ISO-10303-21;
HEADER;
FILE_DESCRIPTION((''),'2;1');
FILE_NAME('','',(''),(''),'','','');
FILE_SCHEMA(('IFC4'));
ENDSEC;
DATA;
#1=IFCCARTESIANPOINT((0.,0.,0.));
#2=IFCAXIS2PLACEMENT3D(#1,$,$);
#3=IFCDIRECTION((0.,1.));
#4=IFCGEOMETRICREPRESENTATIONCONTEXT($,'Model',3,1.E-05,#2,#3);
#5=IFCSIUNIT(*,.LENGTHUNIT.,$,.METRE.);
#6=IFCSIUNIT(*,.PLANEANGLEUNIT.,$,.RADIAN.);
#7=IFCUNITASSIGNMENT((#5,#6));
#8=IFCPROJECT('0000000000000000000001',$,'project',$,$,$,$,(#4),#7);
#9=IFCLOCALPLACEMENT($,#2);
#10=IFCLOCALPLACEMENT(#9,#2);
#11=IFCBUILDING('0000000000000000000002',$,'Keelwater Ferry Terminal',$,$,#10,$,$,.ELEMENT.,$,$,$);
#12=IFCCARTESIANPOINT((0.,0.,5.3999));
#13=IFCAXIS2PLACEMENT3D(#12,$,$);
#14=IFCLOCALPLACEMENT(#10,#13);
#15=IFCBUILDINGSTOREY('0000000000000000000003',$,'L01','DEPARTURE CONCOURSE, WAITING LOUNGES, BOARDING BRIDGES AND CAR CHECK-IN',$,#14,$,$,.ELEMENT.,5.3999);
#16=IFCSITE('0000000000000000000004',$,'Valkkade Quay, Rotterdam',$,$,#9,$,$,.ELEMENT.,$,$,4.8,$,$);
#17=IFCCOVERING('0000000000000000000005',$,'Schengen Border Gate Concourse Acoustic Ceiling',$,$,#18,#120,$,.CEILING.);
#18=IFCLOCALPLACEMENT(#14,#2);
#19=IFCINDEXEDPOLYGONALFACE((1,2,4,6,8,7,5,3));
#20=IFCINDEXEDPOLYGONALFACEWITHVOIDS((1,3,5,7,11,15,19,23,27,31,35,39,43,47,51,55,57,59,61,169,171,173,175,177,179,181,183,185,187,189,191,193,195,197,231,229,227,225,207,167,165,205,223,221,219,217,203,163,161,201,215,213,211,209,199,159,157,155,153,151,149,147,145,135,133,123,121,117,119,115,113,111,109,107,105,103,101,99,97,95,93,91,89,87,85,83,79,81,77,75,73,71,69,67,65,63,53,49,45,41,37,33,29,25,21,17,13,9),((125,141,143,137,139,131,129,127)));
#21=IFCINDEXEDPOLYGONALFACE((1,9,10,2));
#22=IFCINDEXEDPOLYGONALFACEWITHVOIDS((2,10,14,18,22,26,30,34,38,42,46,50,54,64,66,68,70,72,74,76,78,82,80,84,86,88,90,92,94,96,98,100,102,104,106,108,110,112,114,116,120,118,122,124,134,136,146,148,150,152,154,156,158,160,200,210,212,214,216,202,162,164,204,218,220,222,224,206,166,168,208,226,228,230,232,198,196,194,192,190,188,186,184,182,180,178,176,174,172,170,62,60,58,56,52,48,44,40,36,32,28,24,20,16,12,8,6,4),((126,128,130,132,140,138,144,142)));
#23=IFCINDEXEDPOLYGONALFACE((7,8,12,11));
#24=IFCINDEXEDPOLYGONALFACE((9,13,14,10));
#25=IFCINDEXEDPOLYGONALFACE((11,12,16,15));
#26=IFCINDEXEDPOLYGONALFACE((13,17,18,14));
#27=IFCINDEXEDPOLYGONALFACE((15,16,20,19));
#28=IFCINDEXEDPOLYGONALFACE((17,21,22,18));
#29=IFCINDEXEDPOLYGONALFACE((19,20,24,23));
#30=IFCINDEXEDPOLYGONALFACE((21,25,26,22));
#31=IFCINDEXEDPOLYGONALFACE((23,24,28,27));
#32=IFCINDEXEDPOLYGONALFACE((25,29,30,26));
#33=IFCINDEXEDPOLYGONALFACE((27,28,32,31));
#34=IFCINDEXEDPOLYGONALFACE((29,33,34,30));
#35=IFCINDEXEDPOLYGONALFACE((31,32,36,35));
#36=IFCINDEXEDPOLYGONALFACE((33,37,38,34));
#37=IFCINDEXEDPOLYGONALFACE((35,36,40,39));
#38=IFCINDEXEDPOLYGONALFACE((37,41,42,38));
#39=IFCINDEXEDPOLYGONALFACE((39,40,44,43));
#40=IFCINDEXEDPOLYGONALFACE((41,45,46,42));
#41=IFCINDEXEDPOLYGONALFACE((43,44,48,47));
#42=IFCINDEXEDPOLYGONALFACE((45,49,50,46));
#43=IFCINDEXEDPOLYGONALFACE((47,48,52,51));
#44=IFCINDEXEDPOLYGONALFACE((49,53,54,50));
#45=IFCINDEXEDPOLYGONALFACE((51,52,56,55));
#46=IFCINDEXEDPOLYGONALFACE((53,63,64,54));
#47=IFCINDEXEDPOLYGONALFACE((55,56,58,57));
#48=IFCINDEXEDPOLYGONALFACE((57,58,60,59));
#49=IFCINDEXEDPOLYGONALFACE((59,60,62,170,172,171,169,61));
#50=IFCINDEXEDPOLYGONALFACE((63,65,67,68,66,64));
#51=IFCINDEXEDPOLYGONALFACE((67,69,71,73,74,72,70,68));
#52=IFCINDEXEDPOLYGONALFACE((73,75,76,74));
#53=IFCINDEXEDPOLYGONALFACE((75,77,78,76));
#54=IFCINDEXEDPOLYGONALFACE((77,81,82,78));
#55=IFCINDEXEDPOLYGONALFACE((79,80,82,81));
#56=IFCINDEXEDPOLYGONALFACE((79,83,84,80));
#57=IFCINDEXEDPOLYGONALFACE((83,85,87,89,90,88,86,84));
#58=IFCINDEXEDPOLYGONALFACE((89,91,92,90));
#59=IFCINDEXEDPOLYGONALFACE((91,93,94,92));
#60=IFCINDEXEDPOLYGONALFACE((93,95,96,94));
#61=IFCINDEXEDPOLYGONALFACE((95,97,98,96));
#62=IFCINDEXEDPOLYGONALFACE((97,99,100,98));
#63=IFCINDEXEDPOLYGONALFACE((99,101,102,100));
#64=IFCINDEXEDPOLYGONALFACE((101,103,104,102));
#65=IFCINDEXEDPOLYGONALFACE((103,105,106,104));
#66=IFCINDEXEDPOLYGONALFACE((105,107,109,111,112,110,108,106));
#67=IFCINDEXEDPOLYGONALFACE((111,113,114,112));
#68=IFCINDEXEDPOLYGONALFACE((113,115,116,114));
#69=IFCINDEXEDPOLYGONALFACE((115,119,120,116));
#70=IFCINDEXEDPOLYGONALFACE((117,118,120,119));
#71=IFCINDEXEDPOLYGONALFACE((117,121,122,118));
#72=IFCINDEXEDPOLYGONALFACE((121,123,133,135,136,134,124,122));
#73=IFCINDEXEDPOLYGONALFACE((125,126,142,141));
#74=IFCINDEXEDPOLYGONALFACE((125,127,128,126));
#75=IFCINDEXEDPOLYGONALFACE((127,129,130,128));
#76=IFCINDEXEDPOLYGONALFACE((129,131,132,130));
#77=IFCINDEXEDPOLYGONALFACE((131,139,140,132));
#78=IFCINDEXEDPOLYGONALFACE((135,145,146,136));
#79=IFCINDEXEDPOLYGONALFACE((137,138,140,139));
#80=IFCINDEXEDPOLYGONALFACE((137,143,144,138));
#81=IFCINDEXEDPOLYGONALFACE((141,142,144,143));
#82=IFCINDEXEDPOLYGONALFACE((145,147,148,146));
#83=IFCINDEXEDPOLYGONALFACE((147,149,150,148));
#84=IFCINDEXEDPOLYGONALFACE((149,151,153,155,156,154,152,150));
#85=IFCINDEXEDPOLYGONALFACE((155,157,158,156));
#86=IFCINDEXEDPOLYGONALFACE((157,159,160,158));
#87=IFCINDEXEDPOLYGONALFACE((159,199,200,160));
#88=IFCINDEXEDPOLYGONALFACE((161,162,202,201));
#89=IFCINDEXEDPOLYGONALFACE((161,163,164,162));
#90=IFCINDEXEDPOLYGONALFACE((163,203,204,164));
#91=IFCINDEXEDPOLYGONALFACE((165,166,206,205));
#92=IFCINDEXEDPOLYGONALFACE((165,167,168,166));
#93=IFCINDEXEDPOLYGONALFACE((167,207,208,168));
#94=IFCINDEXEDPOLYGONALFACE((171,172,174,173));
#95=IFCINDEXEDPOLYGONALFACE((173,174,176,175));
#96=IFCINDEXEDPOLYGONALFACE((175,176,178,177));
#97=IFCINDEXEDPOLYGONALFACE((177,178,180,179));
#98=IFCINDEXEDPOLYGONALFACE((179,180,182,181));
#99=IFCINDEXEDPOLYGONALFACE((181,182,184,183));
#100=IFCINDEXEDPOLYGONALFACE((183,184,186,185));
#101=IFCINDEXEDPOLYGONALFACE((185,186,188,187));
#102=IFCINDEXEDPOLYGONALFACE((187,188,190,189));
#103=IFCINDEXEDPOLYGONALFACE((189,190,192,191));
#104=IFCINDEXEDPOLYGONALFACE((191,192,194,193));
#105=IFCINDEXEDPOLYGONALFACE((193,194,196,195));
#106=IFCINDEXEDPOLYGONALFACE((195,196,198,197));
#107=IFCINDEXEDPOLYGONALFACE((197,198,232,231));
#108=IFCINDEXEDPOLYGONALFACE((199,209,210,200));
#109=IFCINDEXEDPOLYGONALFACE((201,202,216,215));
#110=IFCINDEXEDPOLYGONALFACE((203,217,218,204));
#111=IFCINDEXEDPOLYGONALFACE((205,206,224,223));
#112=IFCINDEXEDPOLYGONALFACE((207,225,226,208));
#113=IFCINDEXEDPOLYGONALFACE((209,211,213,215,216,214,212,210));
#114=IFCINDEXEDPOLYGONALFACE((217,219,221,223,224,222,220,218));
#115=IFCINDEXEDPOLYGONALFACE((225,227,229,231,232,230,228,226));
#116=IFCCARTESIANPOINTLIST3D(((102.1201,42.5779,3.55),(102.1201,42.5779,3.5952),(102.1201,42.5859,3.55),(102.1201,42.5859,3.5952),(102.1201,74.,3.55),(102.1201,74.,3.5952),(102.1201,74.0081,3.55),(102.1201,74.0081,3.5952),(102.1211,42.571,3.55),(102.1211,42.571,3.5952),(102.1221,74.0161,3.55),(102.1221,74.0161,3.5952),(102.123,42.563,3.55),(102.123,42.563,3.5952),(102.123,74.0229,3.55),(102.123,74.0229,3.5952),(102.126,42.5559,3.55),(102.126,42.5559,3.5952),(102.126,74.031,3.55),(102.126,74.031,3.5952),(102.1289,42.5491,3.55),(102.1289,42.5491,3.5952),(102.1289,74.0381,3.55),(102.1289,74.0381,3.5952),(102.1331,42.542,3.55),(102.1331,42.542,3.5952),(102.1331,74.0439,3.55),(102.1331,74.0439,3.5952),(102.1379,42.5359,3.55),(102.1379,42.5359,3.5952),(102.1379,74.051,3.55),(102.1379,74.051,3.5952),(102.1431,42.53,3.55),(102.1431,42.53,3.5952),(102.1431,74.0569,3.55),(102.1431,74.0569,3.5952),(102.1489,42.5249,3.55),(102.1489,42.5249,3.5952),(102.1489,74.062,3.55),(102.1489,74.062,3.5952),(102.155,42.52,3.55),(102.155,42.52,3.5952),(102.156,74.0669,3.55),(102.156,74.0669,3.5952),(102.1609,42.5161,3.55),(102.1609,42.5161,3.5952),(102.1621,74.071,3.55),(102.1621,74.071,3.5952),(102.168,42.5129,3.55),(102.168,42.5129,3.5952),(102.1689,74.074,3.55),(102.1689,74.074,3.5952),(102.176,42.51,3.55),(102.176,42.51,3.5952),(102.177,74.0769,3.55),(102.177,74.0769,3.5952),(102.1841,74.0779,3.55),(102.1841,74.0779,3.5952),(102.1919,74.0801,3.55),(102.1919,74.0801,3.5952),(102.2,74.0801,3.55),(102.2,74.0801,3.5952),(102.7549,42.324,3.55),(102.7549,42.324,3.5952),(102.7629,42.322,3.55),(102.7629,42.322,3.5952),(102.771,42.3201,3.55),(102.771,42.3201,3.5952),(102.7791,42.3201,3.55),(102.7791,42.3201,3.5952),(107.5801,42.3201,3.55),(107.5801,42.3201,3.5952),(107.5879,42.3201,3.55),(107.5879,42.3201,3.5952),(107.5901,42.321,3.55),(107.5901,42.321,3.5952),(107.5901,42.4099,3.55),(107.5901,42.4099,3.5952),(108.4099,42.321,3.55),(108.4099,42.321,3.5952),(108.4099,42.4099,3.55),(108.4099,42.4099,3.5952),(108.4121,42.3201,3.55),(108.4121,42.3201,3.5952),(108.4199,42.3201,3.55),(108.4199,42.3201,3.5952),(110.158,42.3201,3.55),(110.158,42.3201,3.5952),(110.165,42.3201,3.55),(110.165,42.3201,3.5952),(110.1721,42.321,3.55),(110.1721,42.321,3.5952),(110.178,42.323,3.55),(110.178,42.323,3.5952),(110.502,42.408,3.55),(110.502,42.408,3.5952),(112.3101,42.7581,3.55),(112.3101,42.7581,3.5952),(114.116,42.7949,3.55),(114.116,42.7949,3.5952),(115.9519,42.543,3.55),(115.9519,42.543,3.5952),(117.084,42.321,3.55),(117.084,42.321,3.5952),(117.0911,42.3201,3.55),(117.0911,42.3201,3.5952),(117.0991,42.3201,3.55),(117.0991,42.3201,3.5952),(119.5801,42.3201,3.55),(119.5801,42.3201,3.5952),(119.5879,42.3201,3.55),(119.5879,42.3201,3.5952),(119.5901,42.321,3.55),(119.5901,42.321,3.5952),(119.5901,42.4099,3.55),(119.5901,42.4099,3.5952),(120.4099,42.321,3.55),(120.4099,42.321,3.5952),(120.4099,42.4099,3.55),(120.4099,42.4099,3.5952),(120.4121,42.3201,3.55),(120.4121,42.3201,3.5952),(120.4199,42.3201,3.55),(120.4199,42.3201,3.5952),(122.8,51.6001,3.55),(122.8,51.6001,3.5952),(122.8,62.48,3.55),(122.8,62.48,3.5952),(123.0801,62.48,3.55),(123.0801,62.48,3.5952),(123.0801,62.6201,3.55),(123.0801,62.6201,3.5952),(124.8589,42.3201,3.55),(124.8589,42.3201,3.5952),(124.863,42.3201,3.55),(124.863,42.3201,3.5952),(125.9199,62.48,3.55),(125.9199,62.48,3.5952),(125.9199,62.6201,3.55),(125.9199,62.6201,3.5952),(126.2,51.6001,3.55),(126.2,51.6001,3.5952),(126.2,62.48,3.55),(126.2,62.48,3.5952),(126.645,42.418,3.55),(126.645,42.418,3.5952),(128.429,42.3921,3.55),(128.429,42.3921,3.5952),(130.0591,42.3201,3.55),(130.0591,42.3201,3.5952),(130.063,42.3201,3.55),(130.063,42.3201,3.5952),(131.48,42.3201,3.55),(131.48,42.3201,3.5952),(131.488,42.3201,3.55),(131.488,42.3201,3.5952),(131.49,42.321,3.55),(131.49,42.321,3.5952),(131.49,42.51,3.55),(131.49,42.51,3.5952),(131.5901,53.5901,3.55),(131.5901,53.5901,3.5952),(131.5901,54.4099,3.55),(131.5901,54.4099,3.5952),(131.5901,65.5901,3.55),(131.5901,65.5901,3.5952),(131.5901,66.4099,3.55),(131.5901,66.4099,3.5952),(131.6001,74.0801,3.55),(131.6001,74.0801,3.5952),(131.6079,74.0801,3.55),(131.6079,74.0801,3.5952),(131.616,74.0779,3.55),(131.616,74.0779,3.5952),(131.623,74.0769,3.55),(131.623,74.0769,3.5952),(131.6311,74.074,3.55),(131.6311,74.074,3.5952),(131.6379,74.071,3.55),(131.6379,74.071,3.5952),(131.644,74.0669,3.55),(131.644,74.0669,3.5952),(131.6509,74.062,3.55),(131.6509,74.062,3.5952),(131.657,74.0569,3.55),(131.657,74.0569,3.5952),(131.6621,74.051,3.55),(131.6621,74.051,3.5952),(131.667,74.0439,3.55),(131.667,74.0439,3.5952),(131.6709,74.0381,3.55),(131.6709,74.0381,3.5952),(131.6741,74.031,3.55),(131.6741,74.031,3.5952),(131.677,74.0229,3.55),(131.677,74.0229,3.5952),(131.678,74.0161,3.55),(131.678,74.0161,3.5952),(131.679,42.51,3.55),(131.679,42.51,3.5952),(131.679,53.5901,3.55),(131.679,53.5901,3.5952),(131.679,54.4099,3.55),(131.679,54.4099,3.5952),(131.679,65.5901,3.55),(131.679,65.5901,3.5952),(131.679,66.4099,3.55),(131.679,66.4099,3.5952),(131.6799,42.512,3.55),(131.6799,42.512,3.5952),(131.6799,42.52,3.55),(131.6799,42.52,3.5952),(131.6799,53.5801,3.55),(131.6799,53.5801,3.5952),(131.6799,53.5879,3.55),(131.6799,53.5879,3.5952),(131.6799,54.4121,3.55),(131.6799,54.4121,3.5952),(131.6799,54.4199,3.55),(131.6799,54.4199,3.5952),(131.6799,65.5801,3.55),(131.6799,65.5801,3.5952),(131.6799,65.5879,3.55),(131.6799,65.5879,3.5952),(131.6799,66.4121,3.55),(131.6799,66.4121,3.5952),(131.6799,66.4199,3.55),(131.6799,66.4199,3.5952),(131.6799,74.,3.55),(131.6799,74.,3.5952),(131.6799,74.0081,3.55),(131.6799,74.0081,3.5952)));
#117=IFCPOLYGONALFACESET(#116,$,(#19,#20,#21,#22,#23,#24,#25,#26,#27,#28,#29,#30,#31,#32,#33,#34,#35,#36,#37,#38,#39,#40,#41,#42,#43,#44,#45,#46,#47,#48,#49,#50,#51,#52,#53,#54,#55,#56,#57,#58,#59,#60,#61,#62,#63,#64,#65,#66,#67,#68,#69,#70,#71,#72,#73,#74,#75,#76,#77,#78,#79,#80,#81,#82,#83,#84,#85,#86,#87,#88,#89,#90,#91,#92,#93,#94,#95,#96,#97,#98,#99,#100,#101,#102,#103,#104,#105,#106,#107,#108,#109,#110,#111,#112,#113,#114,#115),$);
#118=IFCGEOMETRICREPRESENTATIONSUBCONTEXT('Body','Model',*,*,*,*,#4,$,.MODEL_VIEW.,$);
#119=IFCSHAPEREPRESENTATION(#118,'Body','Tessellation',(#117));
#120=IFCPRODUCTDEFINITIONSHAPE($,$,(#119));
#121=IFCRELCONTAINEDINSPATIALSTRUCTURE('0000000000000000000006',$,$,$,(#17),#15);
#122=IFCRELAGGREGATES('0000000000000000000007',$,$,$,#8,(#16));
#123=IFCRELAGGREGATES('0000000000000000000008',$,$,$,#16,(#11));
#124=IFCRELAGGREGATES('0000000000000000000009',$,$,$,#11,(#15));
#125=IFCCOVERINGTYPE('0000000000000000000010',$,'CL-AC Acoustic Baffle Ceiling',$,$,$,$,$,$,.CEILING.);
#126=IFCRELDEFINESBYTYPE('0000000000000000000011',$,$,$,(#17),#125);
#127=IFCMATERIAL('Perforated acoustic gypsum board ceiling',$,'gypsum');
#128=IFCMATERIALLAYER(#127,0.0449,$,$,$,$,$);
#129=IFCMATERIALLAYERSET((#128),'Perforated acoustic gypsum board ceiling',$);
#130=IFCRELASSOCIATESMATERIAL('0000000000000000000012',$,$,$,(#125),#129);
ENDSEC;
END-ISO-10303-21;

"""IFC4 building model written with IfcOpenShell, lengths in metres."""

from ifc_helpers import new_model, si_unit, direction, frame, origin, place, context, subcontext, project, spatial, polyline, outline, extrude, material, layer, layer_set, type_object, element, save


model = new_model("IFC4")

# Units and contexts
model_context = context("Model", 3, precision=1e-05, world=origin(), true_north=direction((0.0, 1.0)))
body_context = subcontext(model_context, "Body", "Model", "MODEL_VIEW")
ifc_project = project(units=[si_unit("LENGTHUNIT", "METRE"), si_unit("PLANEANGLEUNIT", "RADIAN")], contexts=[model_context])

# Site, building, storey
site_placement = place(None, origin())
site = spatial("IfcSite", under=ifc_project, at=site_placement, Name="Valkkade Quay, Rotterdam", CompositionType="ELEMENT", RefElevation=4.8)
building_placement = place(site_placement, origin())
building = spatial("IfcBuilding", under=site, at=building_placement, Name="Keelwater Ferry Terminal", CompositionType="ELEMENT")
storey_placement = place(building_placement, frame((0.0, 0.0, 5.3999)))
storey = spatial("IfcBuildingStorey", under=building, at=storey_placement, Name="L01", Description="DEPARTURE CONCOURSE, WAITING LOUNGES, BOARDING BRIDGES AND CAR CHECK-IN", CompositionType="ELEMENT", Elevation=5.3999)

# Covering
ifc_material_1 = material(Name="Perforated acoustic gypsum board ceiling", Category="gypsum")
ifc_layer_1 = layer(ifc_material_1, 0.0449)
ifc_layer_set_1 = layer_set([ifc_layer_1], Name="Perforated acoustic gypsum board ceiling")
covering_type_1 = type_object("IfcCoveringType", Name="CL-AC Acoustic Baffle Ceiling", PredefinedType="CEILING", material=ifc_layer_set_1)
covering_1_placement = place(storey_placement, frame((0.0, 0.0, 3.55)))
element("IfcCovering", 1, at=covering_1_placement, inside=storey, type_object=covering_type_1, Name="Schengen Border Gate Concourse Acoustic Ceiling", PredefinedType="CEILING", context=body_context, shape_type="SweptSolid", body=[
    extrude(outline(polyline([(107.5879, 42.3201), (107.5801, 42.3201), (102.7791, 42.3201), (102.771, 42.3201), (102.7629, 42.322), (102.7549, 42.324), (102.176, 42.51), (102.168, 42.5129), (102.1609, 42.5161), (102.155, 42.52), (102.1489, 42.5249), (102.1431, 42.53), (102.1379, 42.5359), (102.1331, 42.542), (102.1289, 42.5491), (102.126, 42.5559), (102.123, 42.563), (102.1211, 42.571), (102.1201, 42.5779), (102.1201, 42.5859), (102.1201, 74.0), (102.1201, 74.0081), (102.1221, 74.0161), (102.123, 74.0229), (102.126, 74.031), (102.1289, 74.0381), (102.1331, 74.0439), (102.1379, 74.051), (102.1431, 74.0569), (102.1489, 74.062), (102.156, 74.0669), (102.1621, 74.071), (102.1689, 74.074), (102.177, 74.0769), (102.1841, 74.0779), (102.1919, 74.0801), (102.2, 74.0801), (131.6001, 74.0801), (131.6079, 74.0801), (131.616, 74.0779), (131.623, 74.0769), (131.6311, 74.074), (131.6379, 74.071), (131.644, 74.0669), (131.6509, 74.062), (131.657, 74.0569), (131.6621, 74.051), (131.667, 74.0439), (131.6709, 74.0381), (131.6741, 74.031), (131.677, 74.0229), (131.678, 74.0161), (131.6799, 74.0081), (131.6799, 74.0), (131.6799, 66.4199), (131.6799, 66.4121), (131.679, 66.4099), (131.5901, 66.4099), (131.5901, 65.5901), (131.679, 65.5901), (131.6799, 65.5879), (131.6799, 65.5801), (131.6799, 54.4199), (131.6799, 54.4121), (131.679, 54.4099), (131.5901, 54.4099), (131.5901, 53.5901), (131.679, 53.5901), (131.6799, 53.5879), (131.6799, 53.5801), (131.6799, 42.52), (131.6799, 42.512), (131.679, 42.51), (131.49, 42.51), (131.49, 42.321), (131.488, 42.3201), (131.48, 42.3201), (130.063, 42.3201), (130.0591, 42.3201), (128.429, 42.3921), (126.645, 42.418), (124.863, 42.3201), (124.8589, 42.3201), (120.4199, 42.3201), (120.4121, 42.3201), (120.4099, 42.321), (120.4099, 42.4099), (119.5901, 42.4099), (119.5901, 42.321), (119.5879, 42.3201), (119.5801, 42.3201), (117.0991, 42.3201), (117.0911, 42.3201), (117.084, 42.321), (115.9519, 42.543), (114.116, 42.7949), (112.3101, 42.7581), (110.502, 42.408), (110.178, 42.323), (110.1721, 42.321), (110.165, 42.3201), (110.158, 42.3201), (108.4199, 42.3201), (108.4121, 42.3201), (108.4099, 42.321), (108.4099, 42.4099), (107.5901, 42.4099), (107.5901, 42.321), (107.5879, 42.3201)]), holes=[polyline([(123.0801, 62.6201), (123.0801, 62.48), (122.8, 62.48), (122.8, 51.6001), (126.2, 51.6001), (126.2, 62.48), (125.9199, 62.48), (125.9199, 62.6201), (123.0801, 62.6201)])]), origin(), (0.0, 0.0, 1.0), 0.0452),
])

save(model, "model.ifc")
